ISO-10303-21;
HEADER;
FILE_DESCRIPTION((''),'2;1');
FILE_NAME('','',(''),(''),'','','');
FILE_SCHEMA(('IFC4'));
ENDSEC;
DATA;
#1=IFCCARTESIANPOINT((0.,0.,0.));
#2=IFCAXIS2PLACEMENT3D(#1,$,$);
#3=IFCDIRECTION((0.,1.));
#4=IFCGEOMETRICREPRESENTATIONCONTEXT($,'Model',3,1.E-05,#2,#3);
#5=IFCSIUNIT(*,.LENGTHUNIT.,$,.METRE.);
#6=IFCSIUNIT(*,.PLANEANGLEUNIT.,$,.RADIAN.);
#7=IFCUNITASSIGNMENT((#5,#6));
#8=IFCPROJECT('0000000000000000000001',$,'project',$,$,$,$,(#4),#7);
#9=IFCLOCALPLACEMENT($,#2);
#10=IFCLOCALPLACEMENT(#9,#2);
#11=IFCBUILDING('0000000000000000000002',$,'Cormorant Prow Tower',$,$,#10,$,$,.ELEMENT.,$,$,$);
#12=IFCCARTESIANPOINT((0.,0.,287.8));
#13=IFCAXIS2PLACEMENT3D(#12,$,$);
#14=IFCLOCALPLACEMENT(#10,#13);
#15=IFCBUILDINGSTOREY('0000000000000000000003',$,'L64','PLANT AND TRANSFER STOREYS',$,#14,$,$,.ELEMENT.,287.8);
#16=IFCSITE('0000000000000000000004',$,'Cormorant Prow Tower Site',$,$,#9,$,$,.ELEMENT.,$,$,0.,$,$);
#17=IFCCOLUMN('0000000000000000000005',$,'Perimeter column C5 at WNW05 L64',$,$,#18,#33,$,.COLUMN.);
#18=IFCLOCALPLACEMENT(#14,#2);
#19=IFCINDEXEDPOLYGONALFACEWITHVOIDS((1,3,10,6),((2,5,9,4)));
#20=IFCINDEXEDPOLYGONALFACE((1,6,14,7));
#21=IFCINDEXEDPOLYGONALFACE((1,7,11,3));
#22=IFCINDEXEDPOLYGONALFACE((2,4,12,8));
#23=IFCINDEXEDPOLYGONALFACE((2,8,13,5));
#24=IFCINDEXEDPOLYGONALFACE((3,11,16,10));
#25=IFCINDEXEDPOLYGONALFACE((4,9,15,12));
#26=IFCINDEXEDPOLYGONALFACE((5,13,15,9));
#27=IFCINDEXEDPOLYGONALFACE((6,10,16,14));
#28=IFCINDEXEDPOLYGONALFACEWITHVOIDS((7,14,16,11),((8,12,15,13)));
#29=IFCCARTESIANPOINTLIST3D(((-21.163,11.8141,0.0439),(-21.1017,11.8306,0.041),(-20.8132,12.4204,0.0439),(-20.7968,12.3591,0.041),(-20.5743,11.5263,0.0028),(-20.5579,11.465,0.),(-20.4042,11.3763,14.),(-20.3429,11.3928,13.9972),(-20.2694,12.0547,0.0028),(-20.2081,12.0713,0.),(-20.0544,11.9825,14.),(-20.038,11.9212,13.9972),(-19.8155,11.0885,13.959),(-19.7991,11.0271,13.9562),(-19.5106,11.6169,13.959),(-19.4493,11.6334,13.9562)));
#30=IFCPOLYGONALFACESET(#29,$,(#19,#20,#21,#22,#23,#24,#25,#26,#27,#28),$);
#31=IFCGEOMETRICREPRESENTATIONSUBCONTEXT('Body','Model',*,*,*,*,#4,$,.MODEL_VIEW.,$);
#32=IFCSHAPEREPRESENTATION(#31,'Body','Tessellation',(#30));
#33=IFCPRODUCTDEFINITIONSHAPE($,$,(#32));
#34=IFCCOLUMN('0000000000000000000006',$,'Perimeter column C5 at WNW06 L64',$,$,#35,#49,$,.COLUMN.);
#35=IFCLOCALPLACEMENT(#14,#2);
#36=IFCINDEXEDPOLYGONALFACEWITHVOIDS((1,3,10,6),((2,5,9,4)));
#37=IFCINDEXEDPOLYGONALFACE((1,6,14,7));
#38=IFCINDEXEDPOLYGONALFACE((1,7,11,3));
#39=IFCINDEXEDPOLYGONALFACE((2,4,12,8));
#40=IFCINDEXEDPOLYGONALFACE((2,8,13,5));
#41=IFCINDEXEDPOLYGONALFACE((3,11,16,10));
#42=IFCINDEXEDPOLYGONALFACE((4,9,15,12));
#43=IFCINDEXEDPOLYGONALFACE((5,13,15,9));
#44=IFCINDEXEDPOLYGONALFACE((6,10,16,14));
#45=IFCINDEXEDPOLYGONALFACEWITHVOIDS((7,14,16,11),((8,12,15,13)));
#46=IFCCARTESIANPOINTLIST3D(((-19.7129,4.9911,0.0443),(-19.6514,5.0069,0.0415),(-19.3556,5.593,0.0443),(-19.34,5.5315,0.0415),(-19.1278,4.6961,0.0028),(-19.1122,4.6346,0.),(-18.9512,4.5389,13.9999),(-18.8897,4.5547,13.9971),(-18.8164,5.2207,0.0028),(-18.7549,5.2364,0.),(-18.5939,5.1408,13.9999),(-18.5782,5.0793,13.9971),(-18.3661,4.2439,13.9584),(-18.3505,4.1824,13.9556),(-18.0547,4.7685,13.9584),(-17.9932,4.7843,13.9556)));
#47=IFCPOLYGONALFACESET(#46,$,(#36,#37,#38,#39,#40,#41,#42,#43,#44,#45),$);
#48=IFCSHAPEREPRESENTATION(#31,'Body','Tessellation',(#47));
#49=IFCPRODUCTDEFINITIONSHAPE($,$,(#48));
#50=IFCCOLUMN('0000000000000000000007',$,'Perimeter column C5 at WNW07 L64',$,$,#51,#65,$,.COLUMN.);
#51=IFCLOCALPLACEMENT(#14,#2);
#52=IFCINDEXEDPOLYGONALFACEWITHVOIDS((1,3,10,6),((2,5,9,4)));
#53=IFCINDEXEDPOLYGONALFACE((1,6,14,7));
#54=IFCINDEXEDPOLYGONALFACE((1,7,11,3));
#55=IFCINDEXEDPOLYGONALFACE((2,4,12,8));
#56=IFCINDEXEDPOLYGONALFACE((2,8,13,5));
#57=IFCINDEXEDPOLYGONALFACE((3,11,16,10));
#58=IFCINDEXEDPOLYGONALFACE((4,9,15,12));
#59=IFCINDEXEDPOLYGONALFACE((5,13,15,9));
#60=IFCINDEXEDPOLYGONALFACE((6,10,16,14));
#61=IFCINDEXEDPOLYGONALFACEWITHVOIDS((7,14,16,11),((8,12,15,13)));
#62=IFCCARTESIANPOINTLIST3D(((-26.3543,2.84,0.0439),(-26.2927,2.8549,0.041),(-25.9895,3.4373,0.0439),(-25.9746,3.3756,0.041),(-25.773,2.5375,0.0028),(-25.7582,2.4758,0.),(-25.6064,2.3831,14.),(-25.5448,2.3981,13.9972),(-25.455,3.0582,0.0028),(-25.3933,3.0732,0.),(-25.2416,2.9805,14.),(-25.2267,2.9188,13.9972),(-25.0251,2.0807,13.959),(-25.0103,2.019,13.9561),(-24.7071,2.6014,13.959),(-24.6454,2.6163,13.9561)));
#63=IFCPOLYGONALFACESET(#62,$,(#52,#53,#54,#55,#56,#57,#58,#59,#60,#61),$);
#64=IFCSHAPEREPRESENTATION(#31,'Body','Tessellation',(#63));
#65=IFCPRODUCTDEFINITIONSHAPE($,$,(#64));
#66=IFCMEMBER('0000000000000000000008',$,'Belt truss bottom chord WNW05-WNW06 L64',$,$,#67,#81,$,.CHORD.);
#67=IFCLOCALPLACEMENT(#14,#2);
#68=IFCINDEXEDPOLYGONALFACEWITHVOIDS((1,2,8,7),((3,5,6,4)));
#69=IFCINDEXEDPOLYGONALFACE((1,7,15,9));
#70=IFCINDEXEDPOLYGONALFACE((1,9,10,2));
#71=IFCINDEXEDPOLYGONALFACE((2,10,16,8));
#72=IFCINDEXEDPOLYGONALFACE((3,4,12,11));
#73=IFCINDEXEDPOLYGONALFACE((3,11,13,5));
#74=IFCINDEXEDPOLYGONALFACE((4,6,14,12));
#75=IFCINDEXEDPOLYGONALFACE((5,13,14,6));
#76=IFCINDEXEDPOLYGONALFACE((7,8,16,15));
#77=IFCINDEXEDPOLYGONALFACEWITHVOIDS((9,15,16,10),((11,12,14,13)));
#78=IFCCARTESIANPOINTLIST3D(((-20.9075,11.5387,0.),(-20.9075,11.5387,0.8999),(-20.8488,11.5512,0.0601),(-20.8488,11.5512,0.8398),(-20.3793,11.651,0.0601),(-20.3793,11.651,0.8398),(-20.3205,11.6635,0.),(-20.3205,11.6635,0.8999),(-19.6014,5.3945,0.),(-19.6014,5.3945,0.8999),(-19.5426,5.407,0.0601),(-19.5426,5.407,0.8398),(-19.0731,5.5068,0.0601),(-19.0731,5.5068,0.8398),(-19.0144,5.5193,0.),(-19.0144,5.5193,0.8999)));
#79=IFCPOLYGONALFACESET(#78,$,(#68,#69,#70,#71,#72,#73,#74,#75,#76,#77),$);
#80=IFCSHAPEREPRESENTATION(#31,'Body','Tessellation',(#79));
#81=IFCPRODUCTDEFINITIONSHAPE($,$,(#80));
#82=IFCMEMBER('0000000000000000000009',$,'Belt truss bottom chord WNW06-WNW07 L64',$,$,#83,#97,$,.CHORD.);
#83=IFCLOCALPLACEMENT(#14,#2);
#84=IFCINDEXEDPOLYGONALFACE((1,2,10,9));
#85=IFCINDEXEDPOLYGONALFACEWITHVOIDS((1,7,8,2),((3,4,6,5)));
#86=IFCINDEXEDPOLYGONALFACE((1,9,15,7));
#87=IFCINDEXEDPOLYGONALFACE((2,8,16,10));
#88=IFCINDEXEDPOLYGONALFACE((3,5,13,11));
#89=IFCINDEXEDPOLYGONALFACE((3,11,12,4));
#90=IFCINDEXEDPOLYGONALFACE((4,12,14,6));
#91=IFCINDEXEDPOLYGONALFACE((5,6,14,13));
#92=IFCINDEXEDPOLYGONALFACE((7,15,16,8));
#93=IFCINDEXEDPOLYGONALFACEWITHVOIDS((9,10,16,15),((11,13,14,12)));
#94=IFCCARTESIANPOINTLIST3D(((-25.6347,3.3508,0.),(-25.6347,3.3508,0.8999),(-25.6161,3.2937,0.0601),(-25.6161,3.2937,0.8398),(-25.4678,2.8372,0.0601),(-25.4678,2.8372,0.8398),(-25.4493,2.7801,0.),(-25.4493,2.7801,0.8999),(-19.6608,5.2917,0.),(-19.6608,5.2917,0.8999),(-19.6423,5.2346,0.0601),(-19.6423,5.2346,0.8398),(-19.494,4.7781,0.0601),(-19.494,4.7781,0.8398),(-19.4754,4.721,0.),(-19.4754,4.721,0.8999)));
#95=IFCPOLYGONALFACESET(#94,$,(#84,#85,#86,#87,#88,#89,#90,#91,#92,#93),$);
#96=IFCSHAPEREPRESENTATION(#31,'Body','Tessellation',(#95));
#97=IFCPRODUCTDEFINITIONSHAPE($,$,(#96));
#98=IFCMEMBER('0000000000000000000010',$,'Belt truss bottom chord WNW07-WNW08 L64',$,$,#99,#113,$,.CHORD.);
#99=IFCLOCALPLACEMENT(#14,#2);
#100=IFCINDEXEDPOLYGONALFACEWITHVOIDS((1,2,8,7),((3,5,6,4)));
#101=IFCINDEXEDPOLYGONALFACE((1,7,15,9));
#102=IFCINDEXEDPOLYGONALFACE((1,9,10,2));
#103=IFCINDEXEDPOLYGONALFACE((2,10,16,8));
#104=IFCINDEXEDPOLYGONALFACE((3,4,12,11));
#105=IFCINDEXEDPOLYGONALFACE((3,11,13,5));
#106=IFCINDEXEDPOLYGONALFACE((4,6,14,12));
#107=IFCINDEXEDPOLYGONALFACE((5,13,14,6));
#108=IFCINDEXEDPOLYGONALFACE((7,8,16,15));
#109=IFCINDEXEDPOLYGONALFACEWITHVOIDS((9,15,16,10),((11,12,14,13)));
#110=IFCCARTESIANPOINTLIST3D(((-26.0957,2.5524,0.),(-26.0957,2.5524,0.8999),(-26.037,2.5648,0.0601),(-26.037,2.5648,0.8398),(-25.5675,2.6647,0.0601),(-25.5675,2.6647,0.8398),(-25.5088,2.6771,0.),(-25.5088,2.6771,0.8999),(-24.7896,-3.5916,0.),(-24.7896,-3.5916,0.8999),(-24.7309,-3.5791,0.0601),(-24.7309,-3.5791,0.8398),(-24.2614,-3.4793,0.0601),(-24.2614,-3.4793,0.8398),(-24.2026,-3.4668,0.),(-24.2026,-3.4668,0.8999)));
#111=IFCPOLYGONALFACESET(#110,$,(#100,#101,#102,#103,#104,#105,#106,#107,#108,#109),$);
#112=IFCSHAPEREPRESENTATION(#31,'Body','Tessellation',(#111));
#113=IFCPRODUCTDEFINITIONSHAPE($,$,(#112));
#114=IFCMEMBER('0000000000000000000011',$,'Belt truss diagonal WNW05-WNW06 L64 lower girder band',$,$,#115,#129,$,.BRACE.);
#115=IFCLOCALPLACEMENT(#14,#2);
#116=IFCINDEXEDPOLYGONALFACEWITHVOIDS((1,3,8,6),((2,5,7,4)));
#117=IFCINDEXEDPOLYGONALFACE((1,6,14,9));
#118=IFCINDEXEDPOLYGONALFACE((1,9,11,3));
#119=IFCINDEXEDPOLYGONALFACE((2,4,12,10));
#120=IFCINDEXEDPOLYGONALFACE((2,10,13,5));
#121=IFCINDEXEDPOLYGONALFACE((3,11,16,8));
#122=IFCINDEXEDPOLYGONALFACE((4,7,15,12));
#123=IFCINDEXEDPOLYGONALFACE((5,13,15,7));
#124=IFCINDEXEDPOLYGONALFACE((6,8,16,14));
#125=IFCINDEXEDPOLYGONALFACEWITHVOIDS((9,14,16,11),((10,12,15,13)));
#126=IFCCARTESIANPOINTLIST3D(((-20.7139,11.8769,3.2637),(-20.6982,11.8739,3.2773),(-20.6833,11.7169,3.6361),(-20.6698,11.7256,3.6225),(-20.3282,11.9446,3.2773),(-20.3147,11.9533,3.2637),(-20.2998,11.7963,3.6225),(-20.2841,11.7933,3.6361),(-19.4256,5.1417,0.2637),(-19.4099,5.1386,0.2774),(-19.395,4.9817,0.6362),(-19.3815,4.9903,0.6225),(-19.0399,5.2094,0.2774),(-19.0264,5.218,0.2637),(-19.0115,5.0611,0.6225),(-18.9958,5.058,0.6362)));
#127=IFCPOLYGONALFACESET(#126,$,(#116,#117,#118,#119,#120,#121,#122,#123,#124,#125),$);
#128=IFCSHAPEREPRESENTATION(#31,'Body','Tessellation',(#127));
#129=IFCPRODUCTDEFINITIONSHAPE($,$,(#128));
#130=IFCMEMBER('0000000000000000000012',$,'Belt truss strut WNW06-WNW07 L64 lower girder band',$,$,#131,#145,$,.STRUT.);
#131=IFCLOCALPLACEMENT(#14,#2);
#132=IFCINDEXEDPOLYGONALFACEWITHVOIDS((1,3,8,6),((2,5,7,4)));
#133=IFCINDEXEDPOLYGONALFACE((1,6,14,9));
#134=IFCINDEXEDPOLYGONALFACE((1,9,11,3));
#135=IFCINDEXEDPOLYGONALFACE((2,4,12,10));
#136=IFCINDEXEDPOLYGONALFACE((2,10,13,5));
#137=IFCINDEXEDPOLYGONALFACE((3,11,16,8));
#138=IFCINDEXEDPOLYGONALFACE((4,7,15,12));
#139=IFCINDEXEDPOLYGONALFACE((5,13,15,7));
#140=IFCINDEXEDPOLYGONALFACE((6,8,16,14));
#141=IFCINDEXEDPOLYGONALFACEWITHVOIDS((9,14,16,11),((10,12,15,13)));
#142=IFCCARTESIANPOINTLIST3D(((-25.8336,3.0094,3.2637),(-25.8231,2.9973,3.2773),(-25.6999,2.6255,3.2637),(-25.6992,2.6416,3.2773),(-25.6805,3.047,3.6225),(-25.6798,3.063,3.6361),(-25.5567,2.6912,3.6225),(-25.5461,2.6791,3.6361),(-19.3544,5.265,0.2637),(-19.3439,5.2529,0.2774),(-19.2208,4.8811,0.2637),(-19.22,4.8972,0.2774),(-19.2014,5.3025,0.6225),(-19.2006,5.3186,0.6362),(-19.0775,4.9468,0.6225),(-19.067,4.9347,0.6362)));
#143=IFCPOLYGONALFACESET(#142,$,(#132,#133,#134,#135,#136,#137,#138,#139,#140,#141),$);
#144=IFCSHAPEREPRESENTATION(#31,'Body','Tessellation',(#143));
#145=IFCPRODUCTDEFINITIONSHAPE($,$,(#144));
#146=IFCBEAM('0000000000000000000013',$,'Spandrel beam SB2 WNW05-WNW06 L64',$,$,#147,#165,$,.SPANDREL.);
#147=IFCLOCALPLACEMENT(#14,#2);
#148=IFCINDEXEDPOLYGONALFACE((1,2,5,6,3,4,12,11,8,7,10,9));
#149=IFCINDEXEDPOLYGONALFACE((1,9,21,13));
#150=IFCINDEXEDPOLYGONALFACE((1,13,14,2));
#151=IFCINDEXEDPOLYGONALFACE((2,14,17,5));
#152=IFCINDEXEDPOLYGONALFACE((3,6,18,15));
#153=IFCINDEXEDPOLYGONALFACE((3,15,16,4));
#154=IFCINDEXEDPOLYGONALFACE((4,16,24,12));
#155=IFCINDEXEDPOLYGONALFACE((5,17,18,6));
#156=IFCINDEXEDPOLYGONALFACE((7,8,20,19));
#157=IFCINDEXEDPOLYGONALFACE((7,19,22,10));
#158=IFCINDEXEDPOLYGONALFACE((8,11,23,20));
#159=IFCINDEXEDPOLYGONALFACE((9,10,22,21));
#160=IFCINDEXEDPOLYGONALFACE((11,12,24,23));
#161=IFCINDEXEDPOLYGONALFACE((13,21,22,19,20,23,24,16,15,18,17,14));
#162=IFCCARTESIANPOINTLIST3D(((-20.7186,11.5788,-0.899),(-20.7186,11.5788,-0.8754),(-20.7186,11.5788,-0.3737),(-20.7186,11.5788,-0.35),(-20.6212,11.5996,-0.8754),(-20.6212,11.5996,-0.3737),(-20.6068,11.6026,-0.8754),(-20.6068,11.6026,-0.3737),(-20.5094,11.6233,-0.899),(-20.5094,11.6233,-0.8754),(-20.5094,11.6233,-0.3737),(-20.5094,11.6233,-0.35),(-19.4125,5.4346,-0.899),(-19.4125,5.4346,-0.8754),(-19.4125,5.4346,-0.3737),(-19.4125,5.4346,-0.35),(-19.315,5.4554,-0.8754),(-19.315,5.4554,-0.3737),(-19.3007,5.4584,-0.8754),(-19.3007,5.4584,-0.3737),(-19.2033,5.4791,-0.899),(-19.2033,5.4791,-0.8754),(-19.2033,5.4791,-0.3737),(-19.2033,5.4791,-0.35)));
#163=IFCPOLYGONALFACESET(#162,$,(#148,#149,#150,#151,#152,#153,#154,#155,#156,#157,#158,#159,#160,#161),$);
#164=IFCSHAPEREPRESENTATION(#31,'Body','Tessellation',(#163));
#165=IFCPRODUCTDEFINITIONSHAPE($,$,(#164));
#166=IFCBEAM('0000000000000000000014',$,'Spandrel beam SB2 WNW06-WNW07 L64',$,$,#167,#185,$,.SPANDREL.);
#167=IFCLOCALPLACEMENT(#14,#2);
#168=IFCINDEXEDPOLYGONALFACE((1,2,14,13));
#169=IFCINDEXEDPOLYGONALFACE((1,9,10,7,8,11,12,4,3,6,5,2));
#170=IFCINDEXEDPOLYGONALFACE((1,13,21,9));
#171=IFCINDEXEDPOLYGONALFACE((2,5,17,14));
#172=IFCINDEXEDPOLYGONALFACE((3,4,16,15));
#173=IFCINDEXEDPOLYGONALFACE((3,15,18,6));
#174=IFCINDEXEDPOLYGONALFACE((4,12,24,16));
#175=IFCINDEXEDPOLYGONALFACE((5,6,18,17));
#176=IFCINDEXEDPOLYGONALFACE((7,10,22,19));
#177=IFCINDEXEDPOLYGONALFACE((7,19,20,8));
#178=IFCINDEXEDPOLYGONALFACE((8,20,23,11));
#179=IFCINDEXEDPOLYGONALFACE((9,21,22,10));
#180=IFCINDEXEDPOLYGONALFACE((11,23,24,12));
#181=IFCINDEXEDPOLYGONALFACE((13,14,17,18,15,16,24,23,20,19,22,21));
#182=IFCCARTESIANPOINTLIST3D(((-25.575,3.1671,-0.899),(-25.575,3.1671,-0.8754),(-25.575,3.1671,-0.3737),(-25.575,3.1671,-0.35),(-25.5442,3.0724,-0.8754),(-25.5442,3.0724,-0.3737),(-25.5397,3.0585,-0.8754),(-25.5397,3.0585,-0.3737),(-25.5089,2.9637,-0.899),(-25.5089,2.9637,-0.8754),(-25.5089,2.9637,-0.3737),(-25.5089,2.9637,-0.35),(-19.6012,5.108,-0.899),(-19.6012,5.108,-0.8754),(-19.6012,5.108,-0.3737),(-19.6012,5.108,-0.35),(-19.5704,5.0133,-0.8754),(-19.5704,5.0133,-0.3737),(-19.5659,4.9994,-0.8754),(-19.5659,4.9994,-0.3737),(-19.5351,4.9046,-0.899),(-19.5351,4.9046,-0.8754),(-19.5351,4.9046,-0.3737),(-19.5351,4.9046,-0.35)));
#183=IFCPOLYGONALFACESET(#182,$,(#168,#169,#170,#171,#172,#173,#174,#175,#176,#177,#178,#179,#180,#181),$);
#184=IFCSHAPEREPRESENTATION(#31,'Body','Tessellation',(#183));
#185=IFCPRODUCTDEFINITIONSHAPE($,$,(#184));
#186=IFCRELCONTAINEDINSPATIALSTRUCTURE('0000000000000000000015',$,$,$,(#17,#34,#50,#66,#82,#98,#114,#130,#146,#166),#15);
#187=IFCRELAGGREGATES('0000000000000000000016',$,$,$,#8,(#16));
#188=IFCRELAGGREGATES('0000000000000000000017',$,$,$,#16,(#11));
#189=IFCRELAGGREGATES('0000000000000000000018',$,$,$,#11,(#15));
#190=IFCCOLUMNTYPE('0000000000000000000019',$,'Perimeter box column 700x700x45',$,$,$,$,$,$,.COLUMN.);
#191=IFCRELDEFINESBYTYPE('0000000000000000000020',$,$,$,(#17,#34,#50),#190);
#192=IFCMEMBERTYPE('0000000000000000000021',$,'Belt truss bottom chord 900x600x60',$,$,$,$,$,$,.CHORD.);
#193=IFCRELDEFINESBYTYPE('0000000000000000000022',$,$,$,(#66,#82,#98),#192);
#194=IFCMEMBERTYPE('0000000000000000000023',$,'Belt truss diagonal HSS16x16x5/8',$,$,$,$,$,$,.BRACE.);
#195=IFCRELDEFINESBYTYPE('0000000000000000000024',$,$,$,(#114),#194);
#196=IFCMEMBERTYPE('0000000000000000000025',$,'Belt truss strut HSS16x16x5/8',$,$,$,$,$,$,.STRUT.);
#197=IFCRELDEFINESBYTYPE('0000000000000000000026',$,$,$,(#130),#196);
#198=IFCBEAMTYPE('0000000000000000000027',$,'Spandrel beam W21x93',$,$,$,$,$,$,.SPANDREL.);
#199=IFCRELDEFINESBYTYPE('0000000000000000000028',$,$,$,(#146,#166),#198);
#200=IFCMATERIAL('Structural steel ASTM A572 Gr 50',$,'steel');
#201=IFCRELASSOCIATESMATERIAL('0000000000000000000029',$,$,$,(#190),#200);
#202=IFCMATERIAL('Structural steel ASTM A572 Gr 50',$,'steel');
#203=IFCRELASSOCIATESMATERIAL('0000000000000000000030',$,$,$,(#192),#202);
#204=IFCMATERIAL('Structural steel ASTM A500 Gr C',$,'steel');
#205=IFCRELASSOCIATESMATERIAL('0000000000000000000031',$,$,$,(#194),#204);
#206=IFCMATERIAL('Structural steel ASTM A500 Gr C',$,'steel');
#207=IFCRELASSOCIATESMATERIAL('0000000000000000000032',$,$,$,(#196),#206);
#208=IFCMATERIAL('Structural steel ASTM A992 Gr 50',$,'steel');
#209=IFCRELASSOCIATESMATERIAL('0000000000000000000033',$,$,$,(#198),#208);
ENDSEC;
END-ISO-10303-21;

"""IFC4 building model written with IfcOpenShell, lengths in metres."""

from ifc_helpers import new_model, si_unit, direction, frame, origin, origin_2d, place, context, subcontext, project, spatial, hollow_rectangle, i_section, extrude, material, material_profile, profile_set, type_object, element, save


model = new_model("IFC4")

# Units and contexts
model_context = context("Model", 3, precision=1e-05, world=origin(), true_north=direction((0.0, 1.0)))
body_context = subcontext(model_context, "Body", "Model", "MODEL_VIEW")
ifc_project = project(units=[si_unit("LENGTHUNIT", "METRE"), si_unit("PLANEANGLEUNIT", "RADIAN")], contexts=[model_context])

# Site, building, storey
site_placement = place(None, origin())
site = spatial("IfcSite", under=ifc_project, at=site_placement, Name="Cormorant Prow Tower Site", CompositionType="ELEMENT", RefElevation=0.0)
building_placement = place(site_placement, origin())
building = spatial("IfcBuilding", under=site, at=building_placement, Name="Cormorant Prow Tower", CompositionType="ELEMENT")
storey_placement = place(building_placement, frame((0.0, 0.0, 287.8)))
storey = spatial("IfcBuildingStorey", under=building, at=storey_placement, Name="L64", Description="PLANT AND TRANSFER STOREYS", CompositionType="ELEMENT", Elevation=287.8)

# Columns
ifc_material_1 = material(Name="Structural steel ASTM A572 Gr 50", Category="steel")
ifc_material_profile_1 = material_profile(ifc_material_1, hollow_rectangle(XDim=0.7, YDim=0.7, WallThickness=0.0449, at=origin_2d()), Name="Box 700x700x45")
ifc_profile_set_1 = profile_set([ifc_material_profile_1], Name="Structural steel ASTM A572 Gr 50")
column_type = type_object("IfcColumnType", Name="Perimeter box column 700x700x45", PredefinedType="COLUMN", material=ifc_profile_set_1)
column_1_placement = place(storey_placement, frame((-20.6868, 11.9434, 0.0), z_axis=(0.054267, -0.03131, 0.998035), x_axis=(0.499755, 0.866167, 0.0)))
element("IfcColumn", 1, at=column_1_placement, inside=storey, type_object=column_type, Name="Perimeter column C5 at WNW05 L64", PredefinedType="COLUMN", context=body_context, shape_type="SweptSolid", body=[
    extrude(hollow_rectangle(XDim=0.7, YDim=0.7, WallThickness=0.0449, at=origin_2d()), frame((0.0, 0.0, 0.022)), (0.0, 0.0, 1.0), 13.9836),
])
column_2_placement = place(storey_placement, frame((-19.2351, 5.1145, 0.0), z_axis=(0.054473, -0.032336, 0.997992), x_axis=(0.51045, 0.859908, 0.0)))
element("IfcColumn", 2, at=column_2_placement, inside=storey, type_object=column_type, Name="Perimeter column C5 at WNW06 L64", PredefinedType="COLUMN", context=body_context, shape_type="SweptSolid", body=[
    extrude(hollow_rectangle(XDim=0.7, YDim=0.7, WallThickness=0.0449, at=origin_2d()), frame((0.0, 0.0, 0.0222)), (0.0, 0.0, 1.0), 13.9836),
])
column_3_placement = place(storey_placement, frame((-25.875, 2.9573, 0.0), z_axis=(0.053484, -0.032668, 0.998034), x_axis=(0.521259, 0.853399, 0.0)))
element("IfcColumn", 3, at=column_3_placement, inside=storey, type_object=column_type, Name="Perimeter column C5 at WNW07 L64", PredefinedType="COLUMN", context=body_context, shape_type="SweptSolid", body=[
    extrude(hollow_rectangle(XDim=0.7, YDim=0.7, WallThickness=0.0449, at=origin_2d()), frame((0.0, 0.0, 0.022)), (0.0, 0.0, 1.0), 13.9836),
])

# Members
ifc_material_2 = material(Name="Structural steel ASTM A572 Gr 50", Category="steel")
ifc_material_profile_2 = material_profile(ifc_material_2, hollow_rectangle(XDim=0.6001, YDim=0.8999, WallThickness=0.0601, at=origin_2d()), Name="Box 900x600x60")
ifc_profile_set_2 = profile_set([ifc_material_profile_2], Name="Structural steel ASTM A572 Gr 50")
member_type_1 = type_object("IfcMemberType", Name="Belt truss bottom chord 900x600x60", PredefinedType="CHORD", material=ifc_profile_set_2)
member_1_placement = place(storey_placement, frame((-20.614, 11.6011, 0.45), z_axis=(0.207934, -0.978143, 0.0), x_axis=(0.978143, 0.207934, 0.0)))
element("IfcMember", 4, at=member_1_placement, inside=storey, type_object=member_type_1, Name="Belt truss bottom chord WNW05-WNW06 L64", PredefinedType="CHORD", context=body_context, shape_type="SweptSolid", body=[
    extrude(hollow_rectangle(XDim=0.6001, YDim=0.8999, WallThickness=0.0601, at=origin_2d()), origin(), (0.0, 0.0, 1.0), 6.2815),
])
for number, where, z_axis, x_axis, name in (
    (5, (-19.5681, 5.0063, 0.45), (-0.951062, -0.309001, 0.0), (0.309001, -0.951062, 0.0), "Belt truss bottom chord WNW06-WNW07 L64"),
    (6, (-25.8022, 2.6147, 0.45), (0.207941, -0.978141, 0.0), (0.978141, 0.207941, 0.0), "Belt truss bottom chord WNW07-WNW08 L64"),
):
    element("IfcMember", number, at=place(storey_placement, frame(where, z_axis=z_axis, x_axis=x_axis)), inside=storey, type_object=member_type_1, Name=name, PredefinedType="CHORD", context=body_context, shape_type="SweptSolid", body=[
        extrude(hollow_rectangle(XDim=0.6001, YDim=0.8999, WallThickness=0.0601, at=origin_2d()), origin(), (0.0, 0.0, 1.0), 6.2812),
    ])
ifc_material_3 = material(Name="Structural steel ASTM A500 Gr C", Category="steel")
ifc_material_profile_3 = material_profile(ifc_material_3, hollow_rectangle(XDim=0.4065, YDim=0.4065, WallThickness=0.0149, at=origin_2d()), Name="HSS16x16x5/8")
ifc_profile_set_3 = profile_set([ifc_material_profile_3], Name="Structural steel ASTM A500 Gr C")
member_type_2 = type_object("IfcMemberType", Name="Belt truss diagonal HSS16x16x5/8", PredefinedType="BRACE", material=ifc_profile_set_3)
member_2_placement = place(storey_placement, frame((-19.2107, 5.0999, 0.45), z_axis=(-0.172122, 0.89985, 0.400803), x_axis=(-0.982193, -0.187873, 0.0)))
element("IfcMember", 7, at=member_2_placement, inside=storey, type_object=member_type_2, Name="Belt truss diagonal WNW05-WNW06 L64 lower girder band", PredefinedType="BRACE", context=body_context, shape_type="SweptSolid", body=[
    extrude(hollow_rectangle(XDim=0.4065, YDim=0.4065, WallThickness=0.0149, at=origin_2d()), origin(), (0.0, 0.0, 1.0), 7.4849),
])
ifc_material_4 = material(Name="Structural steel ASTM A500 Gr C", Category="steel")
ifc_material_profile_4 = material_profile(ifc_material_4, hollow_rectangle(XDim=0.4065, YDim=0.4065, WallThickness=0.0149, at=origin_2d()), Name="HSS16x16x5/8")
ifc_profile_set_4 = profile_set([ifc_material_profile_4], Name="Structural steel ASTM A500 Gr C")
member_type_3 = type_object("IfcMemberType", Name="Belt truss strut HSS16x16x5/8", PredefinedType="STRUT", material=ifc_profile_set_4)
member_3_placement = place(storey_placement, frame((-19.2107, 5.0999, 0.45), z_axis=(-0.865297, -0.301235, 0.400647), x_axis=(0.328776, -0.944408, 0.0)))
element("IfcMember", 8, at=member_3_placement, inside=storey, type_object=member_type_3, Name="Belt truss strut WNW06-WNW07 L64 lower girder band", PredefinedType="STRUT", context=body_context, shape_type="SweptSolid", body=[
    extrude(hollow_rectangle(XDim=0.4065, YDim=0.4065, WallThickness=0.0149, at=origin_2d()), origin(), (0.0, 0.0, 1.0), 7.4878),
])

# Beams
ifc_material_5 = material(Name="Structural steel ASTM A992 Gr 50", Category="steel")
ifc_material_profile_5 = material_profile(ifc_material_5, i_section(OverallWidth=0.2139, OverallDepth=0.5491, WebThickness=0.0146, FlangeThickness=0.0237, at=origin_2d()), Name="W21x93")
ifc_profile_set_5 = profile_set([ifc_material_profile_5], Name="Structural steel ASTM A992 Gr 50")
beam_type = type_object("IfcBeamType", Name="Spandrel beam W21x93", PredefinedType="SPANDREL", material=ifc_profile_set_5)
beam_placement = place(storey_placement, frame((-20.614, 11.6011, -0.6245), z_axis=(0.207934, -0.978143, 0.0), x_axis=(0.978143, 0.207934, 0.0)))
element("IfcBeam", 9, at=beam_placement, inside=storey, type_object=beam_type, Name="Spandrel beam SB2 WNW05-WNW06 L64", PredefinedType="SPANDREL", context=body_context, shape_type="SweptSolid", body=[
    extrude(i_section(OverallWidth=0.2139, OverallDepth=0.5491, WebThickness=0.0146, FlangeThickness=0.0237, at=origin_2d()), origin(), (0.0, 0.0, 1.0), 6.2815),
])
for number, where, z_axis, x_axis, name in (
    (10, (-19.5681, 5.0063, -0.6245), (-0.951062, -0.309001, 0.0), (0.309001, -0.951062, 0.0), "Spandrel beam SB2 WNW06-WNW07 L64"),
):
    element("IfcBeam", number, at=place(storey_placement, frame(where, z_axis=z_axis, x_axis=x_axis)), inside=storey, type_object=beam_type, Name=name, PredefinedType="SPANDREL", context=body_context, shape_type="SweptSolid", body=[
        extrude(i_section(OverallWidth=0.2139, OverallDepth=0.5491, WebThickness=0.0146, FlangeThickness=0.0237, at=origin_2d()), origin(), (0.0, 0.0, 1.0), 6.2812),
    ])

save(model, "model.ifc")
